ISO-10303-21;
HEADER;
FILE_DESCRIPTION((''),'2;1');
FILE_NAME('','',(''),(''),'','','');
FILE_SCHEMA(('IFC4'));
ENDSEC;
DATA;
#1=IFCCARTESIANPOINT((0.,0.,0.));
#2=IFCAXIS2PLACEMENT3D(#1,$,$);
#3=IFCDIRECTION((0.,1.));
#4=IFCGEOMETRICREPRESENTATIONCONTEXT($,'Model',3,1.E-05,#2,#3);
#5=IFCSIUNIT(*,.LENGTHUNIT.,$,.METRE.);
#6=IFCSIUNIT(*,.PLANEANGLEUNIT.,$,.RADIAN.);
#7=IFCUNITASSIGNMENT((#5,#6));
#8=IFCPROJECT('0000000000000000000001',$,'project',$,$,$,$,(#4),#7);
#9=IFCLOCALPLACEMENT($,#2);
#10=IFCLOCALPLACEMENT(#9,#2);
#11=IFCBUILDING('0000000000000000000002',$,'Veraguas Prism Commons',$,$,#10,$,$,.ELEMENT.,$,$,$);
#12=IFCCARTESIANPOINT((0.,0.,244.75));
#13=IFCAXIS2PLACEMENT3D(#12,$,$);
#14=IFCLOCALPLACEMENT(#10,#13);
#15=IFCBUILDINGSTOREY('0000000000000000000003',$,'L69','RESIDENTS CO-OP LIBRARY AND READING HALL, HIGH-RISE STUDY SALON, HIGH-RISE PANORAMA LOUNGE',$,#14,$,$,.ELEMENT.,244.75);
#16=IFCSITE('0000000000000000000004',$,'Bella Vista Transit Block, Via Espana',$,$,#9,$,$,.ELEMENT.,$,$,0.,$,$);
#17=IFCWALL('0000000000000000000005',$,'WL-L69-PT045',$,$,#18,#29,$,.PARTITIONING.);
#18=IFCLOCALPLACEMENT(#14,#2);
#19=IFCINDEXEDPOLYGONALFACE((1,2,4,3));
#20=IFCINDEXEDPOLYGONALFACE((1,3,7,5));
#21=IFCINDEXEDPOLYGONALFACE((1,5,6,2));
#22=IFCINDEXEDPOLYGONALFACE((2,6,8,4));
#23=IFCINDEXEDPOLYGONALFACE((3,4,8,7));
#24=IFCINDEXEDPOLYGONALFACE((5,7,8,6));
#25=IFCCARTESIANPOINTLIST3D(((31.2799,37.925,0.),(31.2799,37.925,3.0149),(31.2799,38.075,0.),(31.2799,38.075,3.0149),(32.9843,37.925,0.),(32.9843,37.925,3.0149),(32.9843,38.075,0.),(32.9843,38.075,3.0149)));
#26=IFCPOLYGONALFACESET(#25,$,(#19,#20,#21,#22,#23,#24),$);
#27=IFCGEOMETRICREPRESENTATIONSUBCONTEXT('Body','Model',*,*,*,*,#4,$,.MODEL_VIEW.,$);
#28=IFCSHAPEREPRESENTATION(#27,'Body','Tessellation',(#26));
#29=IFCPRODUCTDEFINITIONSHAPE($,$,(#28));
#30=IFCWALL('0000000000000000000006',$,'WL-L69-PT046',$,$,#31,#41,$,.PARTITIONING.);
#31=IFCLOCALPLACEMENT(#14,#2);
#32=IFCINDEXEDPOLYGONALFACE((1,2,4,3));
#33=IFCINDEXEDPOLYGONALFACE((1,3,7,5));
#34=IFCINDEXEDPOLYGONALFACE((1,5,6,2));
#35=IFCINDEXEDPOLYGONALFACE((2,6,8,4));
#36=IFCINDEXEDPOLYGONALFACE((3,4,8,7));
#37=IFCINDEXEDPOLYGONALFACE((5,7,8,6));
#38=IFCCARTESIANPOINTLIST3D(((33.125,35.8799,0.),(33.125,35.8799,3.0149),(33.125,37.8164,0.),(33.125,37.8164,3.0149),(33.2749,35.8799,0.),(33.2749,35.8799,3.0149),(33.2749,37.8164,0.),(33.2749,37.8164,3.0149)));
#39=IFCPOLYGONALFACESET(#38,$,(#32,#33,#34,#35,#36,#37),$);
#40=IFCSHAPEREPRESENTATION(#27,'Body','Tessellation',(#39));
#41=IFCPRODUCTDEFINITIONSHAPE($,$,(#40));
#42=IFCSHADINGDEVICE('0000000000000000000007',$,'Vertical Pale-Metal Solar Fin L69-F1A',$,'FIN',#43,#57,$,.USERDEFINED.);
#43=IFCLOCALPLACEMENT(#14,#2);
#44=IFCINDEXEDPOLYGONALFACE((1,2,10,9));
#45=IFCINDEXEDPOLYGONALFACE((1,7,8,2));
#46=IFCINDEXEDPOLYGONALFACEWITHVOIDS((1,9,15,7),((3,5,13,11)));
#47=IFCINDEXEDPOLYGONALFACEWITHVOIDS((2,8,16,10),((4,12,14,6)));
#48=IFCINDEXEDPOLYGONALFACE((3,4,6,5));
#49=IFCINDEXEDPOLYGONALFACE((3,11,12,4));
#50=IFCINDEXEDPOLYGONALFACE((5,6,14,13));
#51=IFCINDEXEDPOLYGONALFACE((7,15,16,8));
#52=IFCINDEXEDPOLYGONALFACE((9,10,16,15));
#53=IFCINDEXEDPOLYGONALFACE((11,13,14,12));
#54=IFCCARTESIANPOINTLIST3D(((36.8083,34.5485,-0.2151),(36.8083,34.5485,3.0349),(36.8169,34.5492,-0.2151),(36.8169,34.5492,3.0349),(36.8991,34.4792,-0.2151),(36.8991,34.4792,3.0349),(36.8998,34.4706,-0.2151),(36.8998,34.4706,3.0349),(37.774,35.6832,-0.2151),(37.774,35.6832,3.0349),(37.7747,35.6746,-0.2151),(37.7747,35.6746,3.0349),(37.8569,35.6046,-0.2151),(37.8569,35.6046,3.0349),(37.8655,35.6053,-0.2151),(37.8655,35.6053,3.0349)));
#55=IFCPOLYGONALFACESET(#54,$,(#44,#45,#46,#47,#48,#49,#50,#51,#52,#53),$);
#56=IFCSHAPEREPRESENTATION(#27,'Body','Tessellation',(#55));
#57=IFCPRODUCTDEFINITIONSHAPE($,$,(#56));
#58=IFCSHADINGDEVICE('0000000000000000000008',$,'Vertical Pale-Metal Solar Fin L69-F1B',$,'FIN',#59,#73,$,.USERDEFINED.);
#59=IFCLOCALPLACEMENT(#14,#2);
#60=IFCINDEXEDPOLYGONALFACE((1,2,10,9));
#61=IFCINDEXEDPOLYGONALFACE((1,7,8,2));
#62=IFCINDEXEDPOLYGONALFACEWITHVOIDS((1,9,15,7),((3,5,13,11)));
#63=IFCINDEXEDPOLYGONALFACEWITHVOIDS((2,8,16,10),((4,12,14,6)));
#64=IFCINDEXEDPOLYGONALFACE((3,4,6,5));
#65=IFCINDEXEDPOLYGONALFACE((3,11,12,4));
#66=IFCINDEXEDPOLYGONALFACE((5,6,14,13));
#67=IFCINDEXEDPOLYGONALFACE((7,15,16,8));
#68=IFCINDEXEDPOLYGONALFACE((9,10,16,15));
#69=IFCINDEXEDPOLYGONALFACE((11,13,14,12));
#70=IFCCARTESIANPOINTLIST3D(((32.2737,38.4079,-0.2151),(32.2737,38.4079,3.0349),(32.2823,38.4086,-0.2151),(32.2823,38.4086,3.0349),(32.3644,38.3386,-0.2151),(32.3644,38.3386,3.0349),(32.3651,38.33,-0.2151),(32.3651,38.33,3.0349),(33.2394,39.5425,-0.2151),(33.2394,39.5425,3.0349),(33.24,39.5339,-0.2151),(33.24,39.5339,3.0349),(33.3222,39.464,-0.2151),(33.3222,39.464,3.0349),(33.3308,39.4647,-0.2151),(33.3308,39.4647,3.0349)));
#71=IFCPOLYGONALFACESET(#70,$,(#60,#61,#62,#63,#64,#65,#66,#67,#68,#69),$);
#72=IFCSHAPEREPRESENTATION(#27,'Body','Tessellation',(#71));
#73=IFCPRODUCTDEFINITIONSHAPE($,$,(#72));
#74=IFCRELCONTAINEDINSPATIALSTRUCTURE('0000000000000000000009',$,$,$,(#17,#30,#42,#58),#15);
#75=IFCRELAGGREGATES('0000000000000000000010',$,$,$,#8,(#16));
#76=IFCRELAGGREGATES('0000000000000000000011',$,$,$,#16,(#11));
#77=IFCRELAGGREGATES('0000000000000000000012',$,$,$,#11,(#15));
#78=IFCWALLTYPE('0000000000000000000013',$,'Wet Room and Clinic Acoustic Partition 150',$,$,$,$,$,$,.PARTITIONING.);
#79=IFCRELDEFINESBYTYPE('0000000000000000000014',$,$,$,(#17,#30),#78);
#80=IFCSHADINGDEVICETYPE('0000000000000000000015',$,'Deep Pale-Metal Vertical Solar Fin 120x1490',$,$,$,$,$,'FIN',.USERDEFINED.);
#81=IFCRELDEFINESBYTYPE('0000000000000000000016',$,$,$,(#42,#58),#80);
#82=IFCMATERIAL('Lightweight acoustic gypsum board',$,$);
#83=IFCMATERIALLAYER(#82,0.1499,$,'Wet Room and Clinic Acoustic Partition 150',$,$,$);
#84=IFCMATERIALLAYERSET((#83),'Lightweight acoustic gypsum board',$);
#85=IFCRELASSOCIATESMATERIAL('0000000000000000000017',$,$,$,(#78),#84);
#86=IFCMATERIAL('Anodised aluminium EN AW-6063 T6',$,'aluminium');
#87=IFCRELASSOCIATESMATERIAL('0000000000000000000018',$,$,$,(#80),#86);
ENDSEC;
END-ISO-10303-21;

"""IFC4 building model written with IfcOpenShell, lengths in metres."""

from ifc_helpers import new_model, si_unit, direction, frame, frame_2d, origin, origin_2d, place, context, subcontext, project, spatial, rectangle, hollow_rectangle, extrude, material, layer, layer_set, material_profile, profile_set, type_object, element, save


model = new_model("IFC4")

# Units and contexts
model_context = context("Model", 3, precision=1e-05, world=origin(), true_north=direction((0.0, 1.0)))
body_context = subcontext(model_context, "Body", "Model", "MODEL_VIEW")
ifc_project = project(units=[si_unit("LENGTHUNIT", "METRE"), si_unit("PLANEANGLEUNIT", "RADIAN")], contexts=[model_context])

# Site, building, storey
site_placement = place(None, origin())
site = spatial("IfcSite", under=ifc_project, at=site_placement, Name="Bella Vista Transit Block, Via Espana", CompositionType="ELEMENT", RefElevation=0.0)
building_placement = place(site_placement, origin())
building = spatial("IfcBuilding", under=site, at=building_placement, Name="Veraguas Prism Commons", CompositionType="ELEMENT")
storey_placement = place(building_placement, frame((0.0, 0.0, 244.75)))
storey = spatial("IfcBuildingStorey", under=building, at=storey_placement, Name="L69", Description="RESIDENTS CO-OP LIBRARY AND READING HALL, HIGH-RISE STUDY SALON, HIGH-RISE PANORAMA LOUNGE", CompositionType="ELEMENT", Elevation=244.75)

# Shared definitions
ifc_material_1 = material(Name="Anodised aluminium EN AW-6063 T6", Category="aluminium")

# Shared definitions
ifc_material_2 = material(Name="Lightweight acoustic gypsum board")

# Walls
ifc_layer_1 = layer(ifc_material_2, 0.1499, Name="Wet Room and Clinic Acoustic Partition 150")
ifc_layer_set_1 = layer_set([ifc_layer_1], Name="Lightweight acoustic gypsum board")
wall_type_1 = type_object("IfcWallType", Name="Wet Room and Clinic Acoustic Partition 150", PredefinedType="PARTITIONING", material=ifc_layer_set_1)
wall_1_placement = place(storey_placement, frame((31.28, 38.0, 0.0), z_axis=(0.0, 0.0, 1.0), x_axis=(1.0, 0.0, 0.0)))
element("IfcWall", 1, at=wall_1_placement, inside=storey, type_object=wall_type_1, Name="WL-L69-PT045", PredefinedType="PARTITIONING", context=body_context, shape_type="SweptSolid", body=[
    extrude(rectangle(XDim=1.7043, YDim=0.1499, at=frame_2d((0.8521, 0.0))), origin(), (0.0, 0.0, 1.0), 3.0149),
])
wall_2_placement = place(storey_placement, frame((33.2, 35.8799, 0.0), z_axis=(0.0, 0.0, 1.0), x_axis=(0.0, 1.0, 0.0)))
element("IfcWall", 2, at=wall_2_placement, inside=storey, type_object=wall_type_1, Name="WL-L69-PT046", PredefinedType="PARTITIONING", context=body_context, shape_type="SweptSolid", body=[
    extrude(rectangle(XDim=1.9365, YDim=0.1499, at=frame_2d((0.9683, 0.0))), origin(), (0.0, 0.0, 1.0), 3.0149),
])

# Shading devices
ifc_material_profile_1 = material_profile(ifc_material_1, hollow_rectangle(XDim=0.1201, YDim=1.49, WallThickness=0.0061, at=origin_2d()), Name="FIN120X1490X6")
ifc_profile_set_1 = profile_set([ifc_material_profile_1], Name="Anodised aluminium EN AW-6063 T6")
shading_device_type = type_object("IfcShadingDeviceType", Name="Deep Pale-Metal Vertical Solar Fin 120x1490", ElementType="FIN", PredefinedType="USERDEFINED", material=ifc_profile_set_1)
for number, where, z_axis, x_axis, name in (
    (3, (37.3369, 35.0769, -0.2151), (0.0, 0.0, 1.0), (-0.761538, 0.64812, 0.0), "Vertical Pale-Metal Solar Fin L69-F1A"),
    (4, (32.8022, 38.9363, -0.2151), (0.0, 0.0, 1.0), (-0.761538, 0.64812, 0.0), "Vertical Pale-Metal Solar Fin L69-F1B"),
):
    element("IfcShadingDevice", number, at=place(storey_placement, frame(where, z_axis=z_axis, x_axis=x_axis)), inside=storey, type_object=shading_device_type, Name=name, ObjectType="FIN", PredefinedType="USERDEFINED", context=body_context, shape_type="SweptSolid", body=[
        extrude(hollow_rectangle(XDim=0.1201, YDim=1.49, WallThickness=0.0061, at=origin_2d()), origin(), (0.0, 0.0, 1.0), 3.25),
    ])

save(model, "model.ifc")
